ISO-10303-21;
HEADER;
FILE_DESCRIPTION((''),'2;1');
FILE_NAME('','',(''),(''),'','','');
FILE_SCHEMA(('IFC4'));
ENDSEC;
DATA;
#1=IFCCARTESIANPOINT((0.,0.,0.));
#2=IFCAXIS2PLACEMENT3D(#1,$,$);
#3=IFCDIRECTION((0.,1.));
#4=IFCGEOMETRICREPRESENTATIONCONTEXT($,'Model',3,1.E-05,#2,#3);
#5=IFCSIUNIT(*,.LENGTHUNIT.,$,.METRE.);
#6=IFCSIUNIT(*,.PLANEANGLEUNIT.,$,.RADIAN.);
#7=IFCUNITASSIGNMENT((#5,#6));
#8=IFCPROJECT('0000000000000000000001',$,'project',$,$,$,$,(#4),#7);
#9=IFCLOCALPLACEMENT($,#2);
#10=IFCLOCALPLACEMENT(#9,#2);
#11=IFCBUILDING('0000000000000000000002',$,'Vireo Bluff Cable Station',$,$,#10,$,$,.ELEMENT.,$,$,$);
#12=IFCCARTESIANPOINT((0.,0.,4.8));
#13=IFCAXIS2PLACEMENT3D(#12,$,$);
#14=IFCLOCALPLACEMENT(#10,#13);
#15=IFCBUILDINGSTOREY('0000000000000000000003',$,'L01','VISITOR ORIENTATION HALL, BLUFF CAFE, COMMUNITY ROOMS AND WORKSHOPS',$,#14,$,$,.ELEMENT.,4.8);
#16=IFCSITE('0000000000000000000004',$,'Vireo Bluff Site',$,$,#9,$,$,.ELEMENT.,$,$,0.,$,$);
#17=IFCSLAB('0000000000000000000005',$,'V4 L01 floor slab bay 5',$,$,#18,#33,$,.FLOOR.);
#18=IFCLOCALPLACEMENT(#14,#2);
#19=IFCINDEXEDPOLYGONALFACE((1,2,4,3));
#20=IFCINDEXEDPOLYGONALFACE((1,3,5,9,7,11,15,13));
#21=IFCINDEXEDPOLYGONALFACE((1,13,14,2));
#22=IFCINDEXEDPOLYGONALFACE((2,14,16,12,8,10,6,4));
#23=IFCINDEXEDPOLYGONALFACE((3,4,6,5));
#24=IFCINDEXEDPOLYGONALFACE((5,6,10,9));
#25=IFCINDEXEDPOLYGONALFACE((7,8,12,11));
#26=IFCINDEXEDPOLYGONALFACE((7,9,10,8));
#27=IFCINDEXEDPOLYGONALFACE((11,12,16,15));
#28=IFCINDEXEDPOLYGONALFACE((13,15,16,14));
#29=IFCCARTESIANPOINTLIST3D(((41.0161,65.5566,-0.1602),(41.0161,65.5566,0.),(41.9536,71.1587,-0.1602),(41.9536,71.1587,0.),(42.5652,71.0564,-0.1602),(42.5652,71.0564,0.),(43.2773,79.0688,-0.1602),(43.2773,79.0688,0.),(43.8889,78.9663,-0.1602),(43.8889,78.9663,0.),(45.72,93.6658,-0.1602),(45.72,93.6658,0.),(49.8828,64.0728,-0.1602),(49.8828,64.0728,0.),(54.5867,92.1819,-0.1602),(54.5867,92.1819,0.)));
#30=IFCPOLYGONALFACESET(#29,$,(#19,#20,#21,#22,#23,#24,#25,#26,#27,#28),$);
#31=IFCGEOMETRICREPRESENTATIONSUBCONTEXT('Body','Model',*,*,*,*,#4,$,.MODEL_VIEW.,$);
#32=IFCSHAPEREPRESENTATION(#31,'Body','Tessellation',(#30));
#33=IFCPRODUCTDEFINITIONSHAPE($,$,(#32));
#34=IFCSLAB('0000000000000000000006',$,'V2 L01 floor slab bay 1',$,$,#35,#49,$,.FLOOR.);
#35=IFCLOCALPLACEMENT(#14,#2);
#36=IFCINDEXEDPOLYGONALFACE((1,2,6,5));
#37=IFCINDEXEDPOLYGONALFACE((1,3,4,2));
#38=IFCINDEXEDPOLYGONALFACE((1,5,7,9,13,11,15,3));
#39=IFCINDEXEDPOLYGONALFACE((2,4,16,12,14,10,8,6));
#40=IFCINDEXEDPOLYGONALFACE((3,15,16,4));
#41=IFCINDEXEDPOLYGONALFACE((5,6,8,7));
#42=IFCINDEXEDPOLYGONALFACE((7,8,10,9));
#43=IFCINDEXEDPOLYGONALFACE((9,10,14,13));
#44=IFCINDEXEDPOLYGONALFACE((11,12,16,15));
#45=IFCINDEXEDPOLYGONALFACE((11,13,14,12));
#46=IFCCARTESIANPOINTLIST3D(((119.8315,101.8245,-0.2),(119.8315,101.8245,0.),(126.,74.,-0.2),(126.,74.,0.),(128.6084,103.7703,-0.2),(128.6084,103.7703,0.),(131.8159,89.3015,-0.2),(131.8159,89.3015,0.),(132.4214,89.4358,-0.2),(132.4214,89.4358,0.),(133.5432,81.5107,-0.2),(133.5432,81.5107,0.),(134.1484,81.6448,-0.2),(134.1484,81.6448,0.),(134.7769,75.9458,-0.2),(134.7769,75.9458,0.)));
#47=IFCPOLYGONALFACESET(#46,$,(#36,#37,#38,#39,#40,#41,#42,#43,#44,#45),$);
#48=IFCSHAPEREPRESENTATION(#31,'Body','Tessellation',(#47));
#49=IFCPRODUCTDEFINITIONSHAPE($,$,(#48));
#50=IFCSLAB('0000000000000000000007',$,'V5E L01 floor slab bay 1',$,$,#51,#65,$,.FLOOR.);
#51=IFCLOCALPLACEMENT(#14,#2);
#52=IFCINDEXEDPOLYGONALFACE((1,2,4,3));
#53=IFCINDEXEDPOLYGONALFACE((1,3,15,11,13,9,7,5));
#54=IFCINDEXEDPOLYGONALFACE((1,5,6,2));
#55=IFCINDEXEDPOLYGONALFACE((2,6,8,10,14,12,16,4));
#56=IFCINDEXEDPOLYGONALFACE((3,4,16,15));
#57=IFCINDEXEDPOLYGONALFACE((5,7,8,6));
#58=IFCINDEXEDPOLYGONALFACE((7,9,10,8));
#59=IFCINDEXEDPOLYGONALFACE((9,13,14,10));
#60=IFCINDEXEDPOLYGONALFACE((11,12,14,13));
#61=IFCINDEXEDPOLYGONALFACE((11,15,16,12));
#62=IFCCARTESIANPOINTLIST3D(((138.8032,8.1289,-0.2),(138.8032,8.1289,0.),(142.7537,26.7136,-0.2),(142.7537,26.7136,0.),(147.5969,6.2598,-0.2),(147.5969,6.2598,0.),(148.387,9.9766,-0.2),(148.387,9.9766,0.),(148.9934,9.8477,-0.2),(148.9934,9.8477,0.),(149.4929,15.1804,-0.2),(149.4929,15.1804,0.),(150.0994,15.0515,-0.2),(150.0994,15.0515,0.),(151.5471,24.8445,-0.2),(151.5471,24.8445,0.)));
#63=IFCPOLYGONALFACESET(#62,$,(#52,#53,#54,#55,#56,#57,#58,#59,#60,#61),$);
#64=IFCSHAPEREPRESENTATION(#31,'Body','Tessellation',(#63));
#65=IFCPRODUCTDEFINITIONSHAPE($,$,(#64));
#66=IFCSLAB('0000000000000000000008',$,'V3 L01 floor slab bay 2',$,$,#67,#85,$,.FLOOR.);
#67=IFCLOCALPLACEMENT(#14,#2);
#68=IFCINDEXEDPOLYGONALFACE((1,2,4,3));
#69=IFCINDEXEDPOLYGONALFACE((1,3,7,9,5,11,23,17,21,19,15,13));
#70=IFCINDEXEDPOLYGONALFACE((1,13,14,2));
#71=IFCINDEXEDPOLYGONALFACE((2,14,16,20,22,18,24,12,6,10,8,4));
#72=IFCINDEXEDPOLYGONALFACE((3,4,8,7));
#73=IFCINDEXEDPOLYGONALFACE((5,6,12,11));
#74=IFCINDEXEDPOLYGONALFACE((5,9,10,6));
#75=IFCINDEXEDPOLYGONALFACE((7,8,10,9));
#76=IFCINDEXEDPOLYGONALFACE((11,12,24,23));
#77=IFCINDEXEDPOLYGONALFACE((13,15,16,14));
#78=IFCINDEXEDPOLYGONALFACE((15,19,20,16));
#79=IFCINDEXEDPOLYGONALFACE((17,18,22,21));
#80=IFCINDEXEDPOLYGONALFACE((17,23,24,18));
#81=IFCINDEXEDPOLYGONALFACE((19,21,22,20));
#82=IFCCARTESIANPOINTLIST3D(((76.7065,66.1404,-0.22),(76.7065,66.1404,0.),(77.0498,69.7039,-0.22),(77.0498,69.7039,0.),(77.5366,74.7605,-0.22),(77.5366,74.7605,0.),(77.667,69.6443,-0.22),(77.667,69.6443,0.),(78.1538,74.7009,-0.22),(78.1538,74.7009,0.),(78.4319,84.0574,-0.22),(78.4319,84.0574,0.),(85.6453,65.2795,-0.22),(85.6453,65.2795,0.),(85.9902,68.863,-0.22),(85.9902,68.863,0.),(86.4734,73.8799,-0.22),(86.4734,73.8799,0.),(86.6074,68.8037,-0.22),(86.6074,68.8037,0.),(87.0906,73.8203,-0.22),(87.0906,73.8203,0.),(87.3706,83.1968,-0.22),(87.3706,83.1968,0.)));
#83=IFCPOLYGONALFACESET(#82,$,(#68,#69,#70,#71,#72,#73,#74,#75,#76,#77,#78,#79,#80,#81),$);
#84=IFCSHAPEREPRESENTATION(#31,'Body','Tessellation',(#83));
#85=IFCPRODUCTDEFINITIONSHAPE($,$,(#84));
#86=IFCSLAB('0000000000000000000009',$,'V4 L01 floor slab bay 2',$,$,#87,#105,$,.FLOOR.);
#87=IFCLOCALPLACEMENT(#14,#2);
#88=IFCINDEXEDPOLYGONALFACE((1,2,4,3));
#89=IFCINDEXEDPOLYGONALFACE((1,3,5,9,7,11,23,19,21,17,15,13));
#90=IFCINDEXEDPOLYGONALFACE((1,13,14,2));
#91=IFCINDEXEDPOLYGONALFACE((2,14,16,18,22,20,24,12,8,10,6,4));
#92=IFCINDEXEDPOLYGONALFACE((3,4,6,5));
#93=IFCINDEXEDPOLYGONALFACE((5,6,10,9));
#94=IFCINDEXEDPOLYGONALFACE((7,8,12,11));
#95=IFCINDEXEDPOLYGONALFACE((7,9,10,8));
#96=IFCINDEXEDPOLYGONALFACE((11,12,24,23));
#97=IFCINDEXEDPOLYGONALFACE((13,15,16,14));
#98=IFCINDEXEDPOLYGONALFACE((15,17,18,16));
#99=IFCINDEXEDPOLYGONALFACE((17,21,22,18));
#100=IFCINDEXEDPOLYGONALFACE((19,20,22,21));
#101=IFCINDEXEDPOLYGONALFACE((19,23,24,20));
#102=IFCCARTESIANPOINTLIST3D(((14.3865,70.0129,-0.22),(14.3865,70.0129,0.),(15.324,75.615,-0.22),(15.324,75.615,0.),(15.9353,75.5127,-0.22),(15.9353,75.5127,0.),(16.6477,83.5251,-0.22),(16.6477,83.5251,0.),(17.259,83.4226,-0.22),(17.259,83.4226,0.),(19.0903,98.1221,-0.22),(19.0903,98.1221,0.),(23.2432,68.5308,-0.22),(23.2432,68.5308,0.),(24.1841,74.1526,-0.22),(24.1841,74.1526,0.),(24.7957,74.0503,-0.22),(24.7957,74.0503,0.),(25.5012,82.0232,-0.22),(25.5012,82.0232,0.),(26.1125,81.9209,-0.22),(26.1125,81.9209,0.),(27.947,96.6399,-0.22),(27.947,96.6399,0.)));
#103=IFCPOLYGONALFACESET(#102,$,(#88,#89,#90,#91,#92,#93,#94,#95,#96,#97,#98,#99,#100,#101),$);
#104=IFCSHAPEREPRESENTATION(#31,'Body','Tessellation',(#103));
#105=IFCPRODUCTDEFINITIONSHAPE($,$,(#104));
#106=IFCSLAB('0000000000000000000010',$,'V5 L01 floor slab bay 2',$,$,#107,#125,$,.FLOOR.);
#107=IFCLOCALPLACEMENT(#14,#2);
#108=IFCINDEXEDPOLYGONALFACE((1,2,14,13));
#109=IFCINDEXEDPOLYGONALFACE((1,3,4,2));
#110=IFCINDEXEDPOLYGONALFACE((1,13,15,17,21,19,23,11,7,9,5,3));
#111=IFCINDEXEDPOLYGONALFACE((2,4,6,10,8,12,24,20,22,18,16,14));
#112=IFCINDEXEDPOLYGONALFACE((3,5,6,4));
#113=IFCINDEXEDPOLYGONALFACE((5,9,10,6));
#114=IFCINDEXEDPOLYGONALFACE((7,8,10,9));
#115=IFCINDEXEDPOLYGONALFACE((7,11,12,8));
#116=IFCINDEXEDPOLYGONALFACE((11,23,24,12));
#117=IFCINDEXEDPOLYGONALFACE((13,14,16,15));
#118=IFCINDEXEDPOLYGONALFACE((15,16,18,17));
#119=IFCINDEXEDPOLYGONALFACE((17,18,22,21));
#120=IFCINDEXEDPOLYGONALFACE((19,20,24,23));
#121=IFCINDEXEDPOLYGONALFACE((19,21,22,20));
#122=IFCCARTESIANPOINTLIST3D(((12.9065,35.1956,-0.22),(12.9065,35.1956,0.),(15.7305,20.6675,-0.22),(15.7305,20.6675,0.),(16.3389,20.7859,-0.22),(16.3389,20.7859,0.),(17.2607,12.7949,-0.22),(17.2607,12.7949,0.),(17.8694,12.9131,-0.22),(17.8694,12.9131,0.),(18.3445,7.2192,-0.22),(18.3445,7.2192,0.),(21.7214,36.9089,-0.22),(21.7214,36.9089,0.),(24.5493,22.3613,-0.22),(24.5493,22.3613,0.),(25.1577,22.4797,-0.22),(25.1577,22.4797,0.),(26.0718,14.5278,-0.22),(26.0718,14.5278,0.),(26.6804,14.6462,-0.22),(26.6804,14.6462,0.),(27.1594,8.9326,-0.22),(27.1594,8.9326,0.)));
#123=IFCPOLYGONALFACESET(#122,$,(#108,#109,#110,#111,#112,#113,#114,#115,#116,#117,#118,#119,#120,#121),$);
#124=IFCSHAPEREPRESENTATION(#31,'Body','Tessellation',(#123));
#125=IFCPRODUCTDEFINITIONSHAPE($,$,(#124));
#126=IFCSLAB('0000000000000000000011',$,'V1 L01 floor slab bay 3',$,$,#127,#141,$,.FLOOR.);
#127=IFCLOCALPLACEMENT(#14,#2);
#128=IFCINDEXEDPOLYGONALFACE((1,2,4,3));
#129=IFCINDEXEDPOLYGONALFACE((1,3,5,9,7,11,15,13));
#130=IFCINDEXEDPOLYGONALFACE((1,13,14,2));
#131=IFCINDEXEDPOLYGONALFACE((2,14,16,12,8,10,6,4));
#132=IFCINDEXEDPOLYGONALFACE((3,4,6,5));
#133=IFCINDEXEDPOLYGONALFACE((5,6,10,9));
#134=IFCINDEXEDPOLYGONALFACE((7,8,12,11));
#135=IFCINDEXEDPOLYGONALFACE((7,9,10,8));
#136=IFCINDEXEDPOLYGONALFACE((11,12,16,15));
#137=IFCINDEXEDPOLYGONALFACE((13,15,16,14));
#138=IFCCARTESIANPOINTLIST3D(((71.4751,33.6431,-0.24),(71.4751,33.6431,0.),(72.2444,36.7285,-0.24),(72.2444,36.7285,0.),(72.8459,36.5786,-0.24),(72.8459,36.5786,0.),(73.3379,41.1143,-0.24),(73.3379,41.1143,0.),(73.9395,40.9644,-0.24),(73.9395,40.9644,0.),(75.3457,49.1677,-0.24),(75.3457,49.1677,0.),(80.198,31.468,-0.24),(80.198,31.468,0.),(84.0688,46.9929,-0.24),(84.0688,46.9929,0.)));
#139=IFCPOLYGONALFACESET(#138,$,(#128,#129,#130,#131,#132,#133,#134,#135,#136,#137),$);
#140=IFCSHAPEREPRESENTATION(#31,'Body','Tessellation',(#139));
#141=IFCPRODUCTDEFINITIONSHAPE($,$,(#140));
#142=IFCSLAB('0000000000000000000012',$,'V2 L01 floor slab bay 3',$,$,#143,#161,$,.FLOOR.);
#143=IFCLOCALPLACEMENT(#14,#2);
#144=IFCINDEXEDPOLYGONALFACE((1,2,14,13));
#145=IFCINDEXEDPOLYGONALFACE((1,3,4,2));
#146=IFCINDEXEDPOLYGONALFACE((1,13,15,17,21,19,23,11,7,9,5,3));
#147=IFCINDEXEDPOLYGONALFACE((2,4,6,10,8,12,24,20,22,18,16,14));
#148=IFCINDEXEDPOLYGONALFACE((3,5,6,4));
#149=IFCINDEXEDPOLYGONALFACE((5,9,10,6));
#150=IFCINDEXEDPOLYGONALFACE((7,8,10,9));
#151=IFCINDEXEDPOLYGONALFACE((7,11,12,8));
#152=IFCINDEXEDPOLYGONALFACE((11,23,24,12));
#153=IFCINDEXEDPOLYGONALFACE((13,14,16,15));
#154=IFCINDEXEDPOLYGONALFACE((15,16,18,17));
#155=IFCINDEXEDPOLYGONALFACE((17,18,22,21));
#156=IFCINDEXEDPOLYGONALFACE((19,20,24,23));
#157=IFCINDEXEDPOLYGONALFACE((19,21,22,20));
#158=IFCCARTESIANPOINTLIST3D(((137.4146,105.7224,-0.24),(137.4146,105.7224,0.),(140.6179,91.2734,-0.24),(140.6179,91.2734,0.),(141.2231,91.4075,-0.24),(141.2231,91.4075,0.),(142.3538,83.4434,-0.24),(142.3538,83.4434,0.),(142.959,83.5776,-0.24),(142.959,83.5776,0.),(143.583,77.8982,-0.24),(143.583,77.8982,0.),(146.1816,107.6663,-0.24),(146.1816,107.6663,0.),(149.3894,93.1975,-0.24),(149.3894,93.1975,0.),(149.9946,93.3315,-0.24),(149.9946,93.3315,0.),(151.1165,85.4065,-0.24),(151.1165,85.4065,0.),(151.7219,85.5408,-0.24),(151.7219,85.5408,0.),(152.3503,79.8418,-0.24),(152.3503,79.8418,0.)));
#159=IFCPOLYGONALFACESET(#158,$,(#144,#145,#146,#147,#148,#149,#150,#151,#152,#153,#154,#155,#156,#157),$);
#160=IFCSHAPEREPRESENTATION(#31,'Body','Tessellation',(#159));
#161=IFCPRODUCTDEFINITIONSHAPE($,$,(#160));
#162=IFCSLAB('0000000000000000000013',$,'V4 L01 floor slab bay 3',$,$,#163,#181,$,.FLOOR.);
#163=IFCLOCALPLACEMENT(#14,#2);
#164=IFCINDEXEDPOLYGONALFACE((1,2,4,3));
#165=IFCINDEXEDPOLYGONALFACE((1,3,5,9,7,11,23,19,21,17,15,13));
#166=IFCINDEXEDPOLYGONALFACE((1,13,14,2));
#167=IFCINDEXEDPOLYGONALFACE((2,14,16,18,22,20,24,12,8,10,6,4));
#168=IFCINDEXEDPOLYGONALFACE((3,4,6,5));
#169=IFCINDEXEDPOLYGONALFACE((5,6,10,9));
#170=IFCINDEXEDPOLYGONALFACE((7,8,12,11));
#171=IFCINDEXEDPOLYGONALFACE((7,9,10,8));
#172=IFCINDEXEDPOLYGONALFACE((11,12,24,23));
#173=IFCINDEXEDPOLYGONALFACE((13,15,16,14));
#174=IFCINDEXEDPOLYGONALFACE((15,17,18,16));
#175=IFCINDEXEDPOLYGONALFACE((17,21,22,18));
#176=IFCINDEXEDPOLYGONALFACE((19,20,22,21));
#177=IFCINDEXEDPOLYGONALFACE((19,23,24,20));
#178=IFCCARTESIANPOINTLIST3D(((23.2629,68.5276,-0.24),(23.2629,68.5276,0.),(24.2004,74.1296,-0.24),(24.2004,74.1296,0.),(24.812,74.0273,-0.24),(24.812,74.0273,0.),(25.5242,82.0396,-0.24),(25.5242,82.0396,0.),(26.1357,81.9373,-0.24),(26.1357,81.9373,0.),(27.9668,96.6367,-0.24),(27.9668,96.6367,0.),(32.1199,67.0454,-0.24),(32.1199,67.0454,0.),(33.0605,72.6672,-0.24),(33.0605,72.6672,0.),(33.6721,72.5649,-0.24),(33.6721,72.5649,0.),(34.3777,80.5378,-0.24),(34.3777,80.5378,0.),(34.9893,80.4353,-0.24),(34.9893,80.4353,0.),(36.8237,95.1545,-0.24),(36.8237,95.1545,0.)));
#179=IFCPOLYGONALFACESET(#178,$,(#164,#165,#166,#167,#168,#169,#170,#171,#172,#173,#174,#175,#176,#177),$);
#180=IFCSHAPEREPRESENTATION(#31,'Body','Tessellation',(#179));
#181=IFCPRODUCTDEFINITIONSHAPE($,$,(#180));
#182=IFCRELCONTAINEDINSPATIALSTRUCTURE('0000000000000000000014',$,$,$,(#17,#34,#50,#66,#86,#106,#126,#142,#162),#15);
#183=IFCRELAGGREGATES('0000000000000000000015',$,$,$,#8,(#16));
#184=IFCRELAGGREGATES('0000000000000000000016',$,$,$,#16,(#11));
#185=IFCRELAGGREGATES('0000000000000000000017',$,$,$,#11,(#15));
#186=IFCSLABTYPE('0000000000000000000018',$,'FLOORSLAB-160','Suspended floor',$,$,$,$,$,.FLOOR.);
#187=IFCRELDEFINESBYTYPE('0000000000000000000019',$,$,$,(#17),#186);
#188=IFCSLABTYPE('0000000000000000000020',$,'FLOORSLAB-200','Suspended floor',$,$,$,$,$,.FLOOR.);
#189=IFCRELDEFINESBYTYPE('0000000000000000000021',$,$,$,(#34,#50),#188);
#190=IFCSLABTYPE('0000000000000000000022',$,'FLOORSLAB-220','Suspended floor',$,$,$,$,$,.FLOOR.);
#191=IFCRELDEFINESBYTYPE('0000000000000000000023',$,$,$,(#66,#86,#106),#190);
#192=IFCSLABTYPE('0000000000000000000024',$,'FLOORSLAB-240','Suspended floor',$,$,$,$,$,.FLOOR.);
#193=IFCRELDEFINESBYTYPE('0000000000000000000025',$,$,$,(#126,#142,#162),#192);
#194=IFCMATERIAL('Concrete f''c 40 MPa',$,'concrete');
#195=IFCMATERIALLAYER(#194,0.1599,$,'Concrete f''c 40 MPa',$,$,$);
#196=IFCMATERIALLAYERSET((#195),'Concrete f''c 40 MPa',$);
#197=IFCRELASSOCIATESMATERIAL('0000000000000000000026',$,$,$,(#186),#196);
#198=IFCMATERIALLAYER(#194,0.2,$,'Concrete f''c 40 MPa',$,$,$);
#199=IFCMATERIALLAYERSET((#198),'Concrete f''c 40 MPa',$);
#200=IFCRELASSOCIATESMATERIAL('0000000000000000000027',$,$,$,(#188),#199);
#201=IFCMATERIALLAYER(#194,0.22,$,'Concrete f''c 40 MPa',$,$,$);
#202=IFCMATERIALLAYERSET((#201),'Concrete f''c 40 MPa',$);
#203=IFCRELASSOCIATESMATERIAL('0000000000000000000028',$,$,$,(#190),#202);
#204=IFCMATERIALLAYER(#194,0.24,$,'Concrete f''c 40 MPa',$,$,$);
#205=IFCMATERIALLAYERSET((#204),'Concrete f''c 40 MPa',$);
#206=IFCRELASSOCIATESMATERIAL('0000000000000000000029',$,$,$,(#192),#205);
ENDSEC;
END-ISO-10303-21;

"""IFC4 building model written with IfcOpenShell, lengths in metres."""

from ifc_helpers import new_model, si_unit, direction, frame, origin, place, context, subcontext, project, spatial, polyline, outline, extrude, material, layer, layer_set, type_object, element, save


model = new_model("IFC4")

# Units and contexts
model_context = context("Model", 3, precision=1e-05, world=origin(), true_north=direction((0.0, 1.0)))
body_context = subcontext(model_context, "Body", "Model", "MODEL_VIEW")
ifc_project = project(units=[si_unit("LENGTHUNIT", "METRE"), si_unit("PLANEANGLEUNIT", "RADIAN")], contexts=[model_context])

# Site, building, storey
site_placement = place(None, origin())
site = spatial("IfcSite", under=ifc_project, at=site_placement, Name="Vireo Bluff Site", CompositionType="ELEMENT", RefElevation=0.0)
building_placement = place(site_placement, origin())
building = spatial("IfcBuilding", under=site, at=building_placement, Name="Vireo Bluff Cable Station", CompositionType="ELEMENT")
storey_placement = place(building_placement, frame((0.0, 0.0, 4.8)))
storey = spatial("IfcBuildingStorey", under=building, at=storey_placement, Name="L01", Description="VISITOR ORIENTATION HALL, BLUFF CAFE, COMMUNITY ROOMS AND WORKSHOPS", CompositionType="ELEMENT", Elevation=4.8)

# Slabs
ifc_material = material(Name="Concrete f'c 40 MPa", Category="concrete")
ifc_layer_1 = layer(ifc_material, 0.1599, Name="Concrete f'c 40 MPa")
ifc_layer_set_1 = layer_set([ifc_layer_1], Name="Concrete f'c 40 MPa")
slab_type_1 = type_object("IfcSlabType", Name="FLOORSLAB-160", Description="Suspended floor", PredefinedType="FLOOR", material=ifc_layer_set_1)
slab_1_placement = place(storey_placement, frame((0.0, 0.0, -0.1602)))
element("IfcSlab", 1, at=slab_1_placement, inside=storey, type_object=slab_type_1, Name="V4 L01 floor slab bay 5", PredefinedType="FLOOR", context=body_context, shape_type="SweptSolid", body=[
    extrude(outline(polyline([(41.0161, 65.5566), (49.8828, 64.0728), (54.5867, 92.1819), (45.72, 93.6658), (43.2773, 79.0688), (43.8889, 78.9663), (42.5652, 71.0564), (41.9536, 71.1587), (41.0161, 65.5566)])), origin(), (0.0, 0.0, 1.0), 0.1602),
])
ifc_layer_2 = layer(ifc_material, 0.2, Name="Concrete f'c 40 MPa")
ifc_layer_set_2 = layer_set([ifc_layer_2], Name="Concrete f'c 40 MPa")
slab_type_2 = type_object("IfcSlabType", Name="FLOORSLAB-200", Description="Suspended floor", PredefinedType="FLOOR", material=ifc_layer_set_2)
slab_2_placement = place(storey_placement, frame((0.0, 0.0, -0.2)))
element("IfcSlab", 2, at=slab_2_placement, inside=storey, type_object=slab_type_2, Name="V2 L01 floor slab bay 1", PredefinedType="FLOOR", context=body_context, shape_type="SweptSolid", body=[
    extrude(outline(polyline([(126.0, 74.0), (134.7769, 75.9458), (133.5432, 81.5107), (134.1484, 81.6448), (132.4214, 89.4358), (131.8159, 89.3015), (128.6084, 103.7703), (119.8315, 101.8245), (126.0, 74.0)])), origin(), (0.0, 0.0, 1.0), 0.2),
])
slab_3_placement = place(storey_placement, frame((0.0, 0.0, -0.2)))
element("IfcSlab", 3, at=slab_3_placement, inside=storey, type_object=slab_type_2, Name="V5E L01 floor slab bay 1", PredefinedType="FLOOR", context=body_context, shape_type="SweptSolid", body=[
    extrude(outline(polyline([(138.8032, 8.1289), (147.5969, 6.2598), (148.387, 9.9766), (148.9934, 9.8477), (150.0994, 15.0515), (149.4929, 15.1804), (151.5471, 24.8445), (142.7537, 26.7136), (138.8032, 8.1289)])), origin(), (0.0, 0.0, 1.0), 0.2),
])
ifc_layer_3 = layer(ifc_material, 0.22, Name="Concrete f'c 40 MPa")
ifc_layer_set_3 = layer_set([ifc_layer_3], Name="Concrete f'c 40 MPa")
slab_type_3 = type_object("IfcSlabType", Name="FLOORSLAB-220", Description="Suspended floor", PredefinedType="FLOOR", material=ifc_layer_set_3)
slab_4_placement = place(storey_placement, frame((0.0, 0.0, -0.22)))
element("IfcSlab", 4, at=slab_4_placement, inside=storey, type_object=slab_type_3, Name="V3 L01 floor slab bay 2", PredefinedType="FLOOR", context=body_context, shape_type="SweptSolid", body=[
    extrude(outline(polyline([(76.7065, 66.1404), (85.6453, 65.2795), (85.9902, 68.863), (86.6074, 68.8037), (87.0906, 73.8203), (86.4734, 73.8799), (87.3706, 83.1968), (78.4319, 84.0574), (77.5366, 74.7605), (78.1538, 74.7009), (77.667, 69.6443), (77.0498, 69.7039), (76.7065, 66.1404)])), origin(), (0.0, 0.0, 1.0), 0.22),
])
slab_5_placement = place(storey_placement, frame((0.0, 0.0, -0.22)))
element("IfcSlab", 5, at=slab_5_placement, inside=storey, type_object=slab_type_3, Name="V4 L01 floor slab bay 2", PredefinedType="FLOOR", context=body_context, shape_type="SweptSolid", body=[
    extrude(outline(polyline([(14.3865, 70.0129), (23.2432, 68.5308), (24.1841, 74.1526), (24.7957, 74.0503), (26.1125, 81.9209), (25.5012, 82.0232), (27.947, 96.6399), (19.0903, 98.1221), (16.6477, 83.5251), (17.259, 83.4226), (15.9353, 75.5127), (15.324, 75.615), (14.3865, 70.0129)])), origin(), (0.0, 0.0, 1.0), 0.22),
])
slab_6_placement = place(storey_placement, frame((0.0, 0.0, -0.22)))
element("IfcSlab", 6, at=slab_6_placement, inside=storey, type_object=slab_type_3, Name="V5 L01 floor slab bay 2", PredefinedType="FLOOR", context=body_context, shape_type="SweptSolid", body=[
    extrude(outline(polyline([(18.3445, 7.2192), (27.1594, 8.9326), (26.0718, 14.5278), (26.6804, 14.6462), (25.1577, 22.4797), (24.5493, 22.3613), (21.7214, 36.9089), (12.9065, 35.1956), (15.7305, 20.6675), (16.3389, 20.7859), (17.8694, 12.9131), (17.2607, 12.7949), (18.3445, 7.2192)])), origin(), (0.0, 0.0, 1.0), 0.22),
])
ifc_layer_4 = layer(ifc_material, 0.24, Name="Concrete f'c 40 MPa")
ifc_layer_set_4 = layer_set([ifc_layer_4], Name="Concrete f'c 40 MPa")
slab_type_4 = type_object("IfcSlabType", Name="FLOORSLAB-240", Description="Suspended floor", PredefinedType="FLOOR", material=ifc_layer_set_4)
slab_7_placement = place(storey_placement, frame((0.0, 0.0, -0.24)))
element("IfcSlab", 7, at=slab_7_placement, inside=storey, type_object=slab_type_4, Name="V1 L01 floor slab bay 3", PredefinedType="FLOOR", context=body_context, shape_type="SweptSolid", body=[
    extrude(outline(polyline([(71.4751, 33.6431), (80.198, 31.468), (84.0688, 46.9929), (75.3457, 49.1677), (73.3379, 41.1143), (73.9395, 40.9644), (72.8459, 36.5786), (72.2444, 36.7285), (71.4751, 33.6431)])), origin(), (0.0, 0.0, 1.0), 0.24),
])
slab_8_placement = place(storey_placement, frame((0.0, 0.0, -0.24)))
element("IfcSlab", 8, at=slab_8_placement, inside=storey, type_object=slab_type_4, Name="V2 L01 floor slab bay 3", PredefinedType="FLOOR", context=body_context, shape_type="SweptSolid", body=[
    extrude(outline(polyline([(143.583, 77.8982), (152.3503, 79.8418), (151.1165, 85.4065), (151.7219, 85.5408), (149.9946, 93.3315), (149.3894, 93.1975), (146.1816, 107.6663), (137.4146, 105.7224), (140.6179, 91.2734), (141.2231, 91.4075), (142.959, 83.5776), (142.3538, 83.4434), (143.583, 77.8982)])), origin(), (0.0, 0.0, 1.0), 0.24),
])
slab_9_placement = place(storey_placement, frame((0.0, 0.0, -0.24)))
element("IfcSlab", 9, at=slab_9_placement, inside=storey, type_object=slab_type_4, Name="V4 L01 floor slab bay 3", PredefinedType="FLOOR", context=body_context, shape_type="SweptSolid", body=[
    extrude(outline(polyline([(23.2629, 68.5276), (32.1199, 67.0454), (33.0605, 72.6672), (33.6721, 72.5649), (34.9893, 80.4353), (34.3777, 80.5378), (36.8237, 95.1545), (27.9668, 96.6367), (25.5242, 82.0396), (26.1357, 81.9373), (24.812, 74.0273), (24.2004, 74.1296), (23.2629, 68.5276)])), origin(), (0.0, 0.0, 1.0), 0.24),
])

save(model, "model.ifc")
